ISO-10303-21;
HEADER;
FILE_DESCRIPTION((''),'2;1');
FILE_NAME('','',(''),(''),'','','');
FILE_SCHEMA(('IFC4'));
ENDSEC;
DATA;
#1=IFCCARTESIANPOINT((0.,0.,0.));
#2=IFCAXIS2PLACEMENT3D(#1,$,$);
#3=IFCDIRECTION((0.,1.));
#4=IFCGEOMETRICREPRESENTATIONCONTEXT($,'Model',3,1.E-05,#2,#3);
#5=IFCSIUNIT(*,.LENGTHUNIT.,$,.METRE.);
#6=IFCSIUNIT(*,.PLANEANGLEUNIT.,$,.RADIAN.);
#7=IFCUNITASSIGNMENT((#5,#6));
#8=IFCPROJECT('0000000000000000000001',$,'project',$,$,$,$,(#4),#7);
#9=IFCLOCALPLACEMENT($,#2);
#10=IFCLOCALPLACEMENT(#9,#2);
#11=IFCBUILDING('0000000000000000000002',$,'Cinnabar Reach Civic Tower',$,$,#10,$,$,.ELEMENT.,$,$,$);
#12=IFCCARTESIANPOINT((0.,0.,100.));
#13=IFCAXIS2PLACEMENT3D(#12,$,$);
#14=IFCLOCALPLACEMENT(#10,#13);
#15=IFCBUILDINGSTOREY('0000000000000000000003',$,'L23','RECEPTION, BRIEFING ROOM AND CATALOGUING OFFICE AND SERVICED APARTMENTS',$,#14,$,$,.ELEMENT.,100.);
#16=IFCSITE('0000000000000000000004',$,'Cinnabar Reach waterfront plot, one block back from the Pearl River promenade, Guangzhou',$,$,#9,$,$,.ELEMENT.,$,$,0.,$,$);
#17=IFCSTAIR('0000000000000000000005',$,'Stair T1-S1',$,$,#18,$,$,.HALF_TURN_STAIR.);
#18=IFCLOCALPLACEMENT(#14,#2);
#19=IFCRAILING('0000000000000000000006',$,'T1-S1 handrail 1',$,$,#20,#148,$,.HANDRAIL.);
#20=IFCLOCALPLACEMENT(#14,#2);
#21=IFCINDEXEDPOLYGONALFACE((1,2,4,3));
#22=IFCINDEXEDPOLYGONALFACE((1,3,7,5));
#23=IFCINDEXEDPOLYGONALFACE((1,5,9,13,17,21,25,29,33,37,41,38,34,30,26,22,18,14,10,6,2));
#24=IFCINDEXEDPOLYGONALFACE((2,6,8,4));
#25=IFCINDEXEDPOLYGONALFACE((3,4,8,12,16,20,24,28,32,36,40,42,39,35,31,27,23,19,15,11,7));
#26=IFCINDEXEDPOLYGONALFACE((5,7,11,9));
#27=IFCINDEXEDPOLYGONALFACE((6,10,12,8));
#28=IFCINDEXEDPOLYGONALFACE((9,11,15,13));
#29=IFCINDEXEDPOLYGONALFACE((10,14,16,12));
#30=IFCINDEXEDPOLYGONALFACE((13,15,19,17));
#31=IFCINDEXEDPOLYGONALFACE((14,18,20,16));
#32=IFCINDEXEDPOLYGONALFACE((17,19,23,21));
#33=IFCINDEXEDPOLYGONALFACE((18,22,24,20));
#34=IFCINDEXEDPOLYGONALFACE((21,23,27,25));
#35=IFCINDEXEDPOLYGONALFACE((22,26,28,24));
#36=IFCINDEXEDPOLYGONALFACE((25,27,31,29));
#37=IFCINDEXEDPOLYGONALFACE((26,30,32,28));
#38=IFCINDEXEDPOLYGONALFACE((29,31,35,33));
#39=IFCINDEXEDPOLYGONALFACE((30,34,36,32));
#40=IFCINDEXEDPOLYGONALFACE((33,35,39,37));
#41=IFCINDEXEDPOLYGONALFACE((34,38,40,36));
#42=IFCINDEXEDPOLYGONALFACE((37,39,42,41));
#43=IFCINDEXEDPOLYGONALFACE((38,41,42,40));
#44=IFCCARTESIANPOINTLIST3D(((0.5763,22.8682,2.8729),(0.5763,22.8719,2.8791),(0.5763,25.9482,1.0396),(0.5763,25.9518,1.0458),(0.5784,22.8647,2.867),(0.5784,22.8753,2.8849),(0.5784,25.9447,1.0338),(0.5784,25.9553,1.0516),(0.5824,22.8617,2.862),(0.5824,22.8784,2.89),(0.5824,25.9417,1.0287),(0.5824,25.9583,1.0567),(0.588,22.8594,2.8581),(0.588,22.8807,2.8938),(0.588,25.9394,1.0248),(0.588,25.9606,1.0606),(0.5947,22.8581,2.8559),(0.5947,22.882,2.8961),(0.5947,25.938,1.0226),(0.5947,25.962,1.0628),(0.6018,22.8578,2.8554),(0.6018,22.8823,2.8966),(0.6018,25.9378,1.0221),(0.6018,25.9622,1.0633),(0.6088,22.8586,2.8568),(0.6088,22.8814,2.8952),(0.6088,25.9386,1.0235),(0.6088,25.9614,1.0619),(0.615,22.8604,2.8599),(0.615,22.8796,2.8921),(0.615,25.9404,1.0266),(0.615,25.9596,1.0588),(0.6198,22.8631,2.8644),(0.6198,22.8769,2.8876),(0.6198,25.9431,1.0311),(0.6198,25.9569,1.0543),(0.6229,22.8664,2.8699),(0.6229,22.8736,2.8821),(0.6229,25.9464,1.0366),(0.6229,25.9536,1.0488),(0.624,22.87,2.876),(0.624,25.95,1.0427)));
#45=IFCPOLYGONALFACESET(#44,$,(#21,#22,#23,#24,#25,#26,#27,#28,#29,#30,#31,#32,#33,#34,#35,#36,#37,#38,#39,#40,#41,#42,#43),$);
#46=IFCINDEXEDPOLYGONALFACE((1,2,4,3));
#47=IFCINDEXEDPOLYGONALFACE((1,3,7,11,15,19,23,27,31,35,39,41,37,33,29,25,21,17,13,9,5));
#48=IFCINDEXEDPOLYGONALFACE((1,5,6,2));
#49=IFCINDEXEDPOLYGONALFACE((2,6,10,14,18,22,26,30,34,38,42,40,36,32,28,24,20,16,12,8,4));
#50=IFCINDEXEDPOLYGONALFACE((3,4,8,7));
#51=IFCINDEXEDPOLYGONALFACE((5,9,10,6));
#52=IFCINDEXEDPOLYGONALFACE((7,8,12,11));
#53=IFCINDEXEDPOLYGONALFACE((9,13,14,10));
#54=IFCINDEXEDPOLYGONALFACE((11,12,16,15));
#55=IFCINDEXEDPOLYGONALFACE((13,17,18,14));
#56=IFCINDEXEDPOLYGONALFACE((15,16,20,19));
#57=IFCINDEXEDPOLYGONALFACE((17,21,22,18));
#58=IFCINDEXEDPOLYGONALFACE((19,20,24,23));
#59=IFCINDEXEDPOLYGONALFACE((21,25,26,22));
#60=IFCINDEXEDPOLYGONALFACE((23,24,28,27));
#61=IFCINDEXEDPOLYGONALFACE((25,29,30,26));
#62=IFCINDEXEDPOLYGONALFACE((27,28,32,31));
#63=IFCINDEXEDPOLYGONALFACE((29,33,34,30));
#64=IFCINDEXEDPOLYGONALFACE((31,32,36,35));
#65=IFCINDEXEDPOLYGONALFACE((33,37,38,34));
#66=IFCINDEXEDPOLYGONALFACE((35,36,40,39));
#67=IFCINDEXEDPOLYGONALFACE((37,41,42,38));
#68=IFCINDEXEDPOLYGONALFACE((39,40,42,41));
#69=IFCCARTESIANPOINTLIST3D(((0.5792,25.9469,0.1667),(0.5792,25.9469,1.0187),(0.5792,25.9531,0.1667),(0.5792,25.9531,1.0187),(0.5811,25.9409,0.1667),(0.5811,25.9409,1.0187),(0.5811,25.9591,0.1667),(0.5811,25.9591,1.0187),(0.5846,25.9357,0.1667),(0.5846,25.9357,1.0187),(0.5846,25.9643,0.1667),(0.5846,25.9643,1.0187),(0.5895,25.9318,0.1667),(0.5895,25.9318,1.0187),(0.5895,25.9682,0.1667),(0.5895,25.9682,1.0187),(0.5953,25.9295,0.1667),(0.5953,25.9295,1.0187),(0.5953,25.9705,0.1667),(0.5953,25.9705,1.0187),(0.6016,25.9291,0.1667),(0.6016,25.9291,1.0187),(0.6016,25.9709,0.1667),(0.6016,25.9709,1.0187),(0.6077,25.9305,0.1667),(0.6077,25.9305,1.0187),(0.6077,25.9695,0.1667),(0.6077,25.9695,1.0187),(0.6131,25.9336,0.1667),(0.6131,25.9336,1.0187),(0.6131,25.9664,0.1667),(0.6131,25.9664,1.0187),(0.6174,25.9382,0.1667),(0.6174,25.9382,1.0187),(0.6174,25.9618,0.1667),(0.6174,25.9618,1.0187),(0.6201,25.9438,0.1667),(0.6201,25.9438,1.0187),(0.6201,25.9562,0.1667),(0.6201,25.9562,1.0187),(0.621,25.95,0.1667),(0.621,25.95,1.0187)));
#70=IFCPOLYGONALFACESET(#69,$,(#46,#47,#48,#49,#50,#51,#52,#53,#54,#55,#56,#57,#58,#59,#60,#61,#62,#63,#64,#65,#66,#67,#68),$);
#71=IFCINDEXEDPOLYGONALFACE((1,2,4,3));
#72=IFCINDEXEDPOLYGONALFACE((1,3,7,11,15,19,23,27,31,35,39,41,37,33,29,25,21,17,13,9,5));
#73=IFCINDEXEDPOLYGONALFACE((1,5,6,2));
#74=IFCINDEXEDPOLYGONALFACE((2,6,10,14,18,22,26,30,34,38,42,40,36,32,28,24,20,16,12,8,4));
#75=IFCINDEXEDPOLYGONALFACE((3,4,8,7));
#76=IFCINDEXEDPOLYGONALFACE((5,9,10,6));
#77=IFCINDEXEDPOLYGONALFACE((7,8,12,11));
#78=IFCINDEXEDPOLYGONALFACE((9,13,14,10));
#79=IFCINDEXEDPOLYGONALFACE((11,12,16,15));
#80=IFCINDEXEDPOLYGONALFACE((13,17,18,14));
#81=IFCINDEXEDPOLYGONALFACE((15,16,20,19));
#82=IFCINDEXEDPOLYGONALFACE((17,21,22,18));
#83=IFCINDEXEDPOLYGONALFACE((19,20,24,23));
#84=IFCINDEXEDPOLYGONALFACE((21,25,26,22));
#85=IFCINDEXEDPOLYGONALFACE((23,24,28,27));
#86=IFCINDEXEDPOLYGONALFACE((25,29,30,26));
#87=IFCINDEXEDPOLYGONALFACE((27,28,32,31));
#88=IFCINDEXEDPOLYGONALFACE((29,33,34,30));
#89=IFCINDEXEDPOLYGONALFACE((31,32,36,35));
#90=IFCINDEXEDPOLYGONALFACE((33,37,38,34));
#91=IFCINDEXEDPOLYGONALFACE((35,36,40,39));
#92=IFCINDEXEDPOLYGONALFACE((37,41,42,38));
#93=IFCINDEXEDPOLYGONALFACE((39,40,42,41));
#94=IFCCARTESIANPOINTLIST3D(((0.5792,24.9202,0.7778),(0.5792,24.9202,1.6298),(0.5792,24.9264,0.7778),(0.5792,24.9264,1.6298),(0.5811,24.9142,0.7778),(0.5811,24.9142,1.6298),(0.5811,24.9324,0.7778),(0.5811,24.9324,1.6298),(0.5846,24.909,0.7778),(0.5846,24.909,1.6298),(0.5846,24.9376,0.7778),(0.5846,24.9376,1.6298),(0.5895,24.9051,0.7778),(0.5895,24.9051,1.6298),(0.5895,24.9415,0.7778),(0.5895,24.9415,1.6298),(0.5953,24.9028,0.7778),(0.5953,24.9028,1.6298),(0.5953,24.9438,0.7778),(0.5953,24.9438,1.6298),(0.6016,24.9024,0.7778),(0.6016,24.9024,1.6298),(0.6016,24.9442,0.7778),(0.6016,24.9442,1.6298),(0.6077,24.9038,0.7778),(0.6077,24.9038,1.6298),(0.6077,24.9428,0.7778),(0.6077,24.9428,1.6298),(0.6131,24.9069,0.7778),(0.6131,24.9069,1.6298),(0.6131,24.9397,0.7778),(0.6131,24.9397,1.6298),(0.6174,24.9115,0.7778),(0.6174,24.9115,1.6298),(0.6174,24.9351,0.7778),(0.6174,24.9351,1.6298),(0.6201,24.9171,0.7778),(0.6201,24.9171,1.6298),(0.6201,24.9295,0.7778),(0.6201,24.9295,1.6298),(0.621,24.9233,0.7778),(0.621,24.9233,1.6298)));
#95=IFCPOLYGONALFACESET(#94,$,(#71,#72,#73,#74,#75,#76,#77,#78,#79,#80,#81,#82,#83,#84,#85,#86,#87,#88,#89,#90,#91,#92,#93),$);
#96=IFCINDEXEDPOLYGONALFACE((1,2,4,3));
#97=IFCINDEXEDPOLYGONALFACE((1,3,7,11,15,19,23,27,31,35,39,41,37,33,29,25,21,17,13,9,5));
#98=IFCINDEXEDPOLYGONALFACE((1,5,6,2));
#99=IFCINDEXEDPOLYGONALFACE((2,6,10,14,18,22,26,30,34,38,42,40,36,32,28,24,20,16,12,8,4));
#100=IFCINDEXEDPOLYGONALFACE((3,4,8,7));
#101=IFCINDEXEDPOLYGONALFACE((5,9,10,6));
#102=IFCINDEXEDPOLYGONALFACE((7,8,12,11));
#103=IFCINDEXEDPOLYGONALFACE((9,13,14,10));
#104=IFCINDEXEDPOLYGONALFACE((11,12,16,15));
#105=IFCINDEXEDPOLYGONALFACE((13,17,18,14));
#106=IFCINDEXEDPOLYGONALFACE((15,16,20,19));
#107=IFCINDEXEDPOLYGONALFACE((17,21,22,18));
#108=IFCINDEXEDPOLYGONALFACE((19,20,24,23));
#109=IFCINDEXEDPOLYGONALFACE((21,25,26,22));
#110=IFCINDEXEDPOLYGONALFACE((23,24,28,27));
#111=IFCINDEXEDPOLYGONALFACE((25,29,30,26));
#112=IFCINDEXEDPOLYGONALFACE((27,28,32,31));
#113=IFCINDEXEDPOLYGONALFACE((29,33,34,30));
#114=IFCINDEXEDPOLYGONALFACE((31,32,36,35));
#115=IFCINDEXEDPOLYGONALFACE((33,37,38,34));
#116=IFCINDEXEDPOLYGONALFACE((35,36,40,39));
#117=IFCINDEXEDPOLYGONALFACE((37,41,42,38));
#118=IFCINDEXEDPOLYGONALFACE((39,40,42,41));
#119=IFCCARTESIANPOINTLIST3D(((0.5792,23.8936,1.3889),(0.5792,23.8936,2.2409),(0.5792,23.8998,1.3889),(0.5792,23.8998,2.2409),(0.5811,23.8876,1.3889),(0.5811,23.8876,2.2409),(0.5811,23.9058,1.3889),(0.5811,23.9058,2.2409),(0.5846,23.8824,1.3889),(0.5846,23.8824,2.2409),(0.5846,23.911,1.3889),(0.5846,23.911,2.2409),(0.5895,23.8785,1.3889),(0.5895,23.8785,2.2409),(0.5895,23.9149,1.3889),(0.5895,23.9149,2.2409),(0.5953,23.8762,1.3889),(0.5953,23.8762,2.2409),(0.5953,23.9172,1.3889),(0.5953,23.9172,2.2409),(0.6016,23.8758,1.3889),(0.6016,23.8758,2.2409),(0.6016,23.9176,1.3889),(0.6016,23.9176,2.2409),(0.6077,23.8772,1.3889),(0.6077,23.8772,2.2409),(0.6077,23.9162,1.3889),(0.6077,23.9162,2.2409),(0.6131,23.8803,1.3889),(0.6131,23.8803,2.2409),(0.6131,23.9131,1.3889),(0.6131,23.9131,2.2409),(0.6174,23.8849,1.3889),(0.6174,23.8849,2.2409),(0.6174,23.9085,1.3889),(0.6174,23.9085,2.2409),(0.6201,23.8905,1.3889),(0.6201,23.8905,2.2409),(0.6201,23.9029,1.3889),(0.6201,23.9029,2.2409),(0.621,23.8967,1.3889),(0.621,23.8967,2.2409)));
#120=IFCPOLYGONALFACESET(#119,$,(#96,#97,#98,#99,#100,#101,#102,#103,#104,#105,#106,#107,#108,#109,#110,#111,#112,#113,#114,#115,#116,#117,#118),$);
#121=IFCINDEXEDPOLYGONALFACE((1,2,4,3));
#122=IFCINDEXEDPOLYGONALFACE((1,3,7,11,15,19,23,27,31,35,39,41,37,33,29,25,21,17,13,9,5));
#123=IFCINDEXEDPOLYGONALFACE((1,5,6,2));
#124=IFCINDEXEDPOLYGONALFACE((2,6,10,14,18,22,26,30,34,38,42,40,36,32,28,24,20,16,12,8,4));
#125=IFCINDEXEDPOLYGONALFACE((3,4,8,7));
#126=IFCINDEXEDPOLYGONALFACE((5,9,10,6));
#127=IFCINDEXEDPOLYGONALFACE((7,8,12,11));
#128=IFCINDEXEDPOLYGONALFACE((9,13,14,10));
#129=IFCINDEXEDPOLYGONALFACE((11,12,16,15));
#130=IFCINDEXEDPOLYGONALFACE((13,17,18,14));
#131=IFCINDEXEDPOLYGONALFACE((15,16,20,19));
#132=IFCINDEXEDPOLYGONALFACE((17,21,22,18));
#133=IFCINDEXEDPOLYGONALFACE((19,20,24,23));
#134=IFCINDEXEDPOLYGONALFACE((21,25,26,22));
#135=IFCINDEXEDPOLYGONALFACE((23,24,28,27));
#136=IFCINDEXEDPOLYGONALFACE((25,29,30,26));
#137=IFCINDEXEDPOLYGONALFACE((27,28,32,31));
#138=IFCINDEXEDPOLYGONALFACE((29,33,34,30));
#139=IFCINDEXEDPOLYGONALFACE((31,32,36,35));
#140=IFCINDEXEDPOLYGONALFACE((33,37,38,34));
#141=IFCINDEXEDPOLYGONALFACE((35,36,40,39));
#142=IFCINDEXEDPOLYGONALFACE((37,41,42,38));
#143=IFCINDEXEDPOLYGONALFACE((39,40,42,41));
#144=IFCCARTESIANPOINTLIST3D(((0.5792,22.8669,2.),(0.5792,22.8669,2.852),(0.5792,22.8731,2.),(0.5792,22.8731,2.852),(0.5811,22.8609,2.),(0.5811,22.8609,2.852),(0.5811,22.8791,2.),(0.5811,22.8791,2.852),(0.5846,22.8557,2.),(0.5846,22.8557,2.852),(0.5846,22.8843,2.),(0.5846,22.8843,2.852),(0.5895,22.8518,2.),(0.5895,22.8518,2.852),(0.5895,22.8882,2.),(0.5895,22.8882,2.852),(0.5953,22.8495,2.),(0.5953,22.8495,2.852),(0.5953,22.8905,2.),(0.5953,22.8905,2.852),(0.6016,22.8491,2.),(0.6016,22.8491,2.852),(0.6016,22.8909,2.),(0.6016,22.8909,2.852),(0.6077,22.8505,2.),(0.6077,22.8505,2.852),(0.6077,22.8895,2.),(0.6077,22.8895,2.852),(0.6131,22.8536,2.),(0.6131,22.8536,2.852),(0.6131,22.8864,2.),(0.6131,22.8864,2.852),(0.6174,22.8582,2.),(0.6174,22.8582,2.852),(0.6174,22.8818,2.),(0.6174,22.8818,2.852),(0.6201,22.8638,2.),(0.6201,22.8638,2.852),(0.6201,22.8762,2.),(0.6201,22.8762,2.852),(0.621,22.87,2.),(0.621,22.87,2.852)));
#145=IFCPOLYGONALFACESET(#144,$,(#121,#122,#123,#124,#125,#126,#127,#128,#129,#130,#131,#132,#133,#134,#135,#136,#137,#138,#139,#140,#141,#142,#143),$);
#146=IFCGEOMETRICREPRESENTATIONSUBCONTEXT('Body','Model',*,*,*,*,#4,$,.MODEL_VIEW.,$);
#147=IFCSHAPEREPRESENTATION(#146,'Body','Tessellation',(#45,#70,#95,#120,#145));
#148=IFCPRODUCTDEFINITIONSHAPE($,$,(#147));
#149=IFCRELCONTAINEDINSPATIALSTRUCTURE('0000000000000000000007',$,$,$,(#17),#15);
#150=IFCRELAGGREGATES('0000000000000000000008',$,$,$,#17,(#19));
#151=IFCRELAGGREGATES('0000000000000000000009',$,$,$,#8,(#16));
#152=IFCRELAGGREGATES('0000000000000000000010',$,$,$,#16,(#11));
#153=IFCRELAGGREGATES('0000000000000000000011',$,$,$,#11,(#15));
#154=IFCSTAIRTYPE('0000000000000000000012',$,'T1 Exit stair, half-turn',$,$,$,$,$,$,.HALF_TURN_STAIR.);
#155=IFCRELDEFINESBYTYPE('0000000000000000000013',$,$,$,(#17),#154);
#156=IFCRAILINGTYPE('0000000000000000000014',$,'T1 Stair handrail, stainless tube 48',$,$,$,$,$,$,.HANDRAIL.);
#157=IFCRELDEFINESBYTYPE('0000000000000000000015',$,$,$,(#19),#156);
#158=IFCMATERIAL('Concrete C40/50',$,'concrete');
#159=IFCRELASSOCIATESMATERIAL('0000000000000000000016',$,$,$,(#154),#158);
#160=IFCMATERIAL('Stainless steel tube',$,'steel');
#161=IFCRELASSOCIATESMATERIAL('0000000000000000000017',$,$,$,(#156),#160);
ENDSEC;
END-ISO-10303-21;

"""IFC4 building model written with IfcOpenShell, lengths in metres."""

from ifc_helpers import new_model, si_unit, direction, frame, origin, origin_2d, place, context, subcontext, project, spatial, circle, extrude, material, type_object, element, aggregate, save


model = new_model("IFC4")

# Units and contexts
model_context = context("Model", 3, precision=1e-05, world=origin(), true_north=direction((0.0, 1.0)))
body_context = subcontext(model_context, "Body", "Model", "MODEL_VIEW")
ifc_project = project(units=[si_unit("LENGTHUNIT", "METRE"), si_unit("PLANEANGLEUNIT", "RADIAN")], contexts=[model_context])

# Site, building, storey
site_placement = place(None, origin())
site = spatial("IfcSite", under=ifc_project, at=site_placement, Name="Cinnabar Reach waterfront plot, one block back from the Pearl River promenade, Guangzhou", CompositionType="ELEMENT", RefElevation=0.0)
building_placement = place(site_placement, origin())
building = spatial("IfcBuilding", under=site, at=building_placement, Name="Cinnabar Reach Civic Tower", CompositionType="ELEMENT")
storey_placement = place(building_placement, frame((0.0, 0.0, 100.0)))
storey = spatial("IfcBuildingStorey", under=building, at=storey_placement, Name="L23", Description="RECEPTION, BRIEFING ROOM AND CATALOGUING OFFICE AND SERVICED APARTMENTS", CompositionType="ELEMENT", Elevation=100.0)

# Shared definitions
ifc_material_1 = material(Name="Concrete C40/50", Category="concrete")

# Stair, railing
stair_type = type_object("IfcStairType", Name="T1 Exit stair, half-turn", PredefinedType="HALF_TURN_STAIR", material=ifc_material_1)
stair_placement = place(storey_placement, origin())
stair = element("IfcStair", 1, at=stair_placement, inside=storey, type_object=stair_type, Name="Stair T1-S1", PredefinedType="HALF_TURN_STAIR")
ifc_material_2 = material(Name="Stainless steel tube", Category="steel")
railing_type_1 = type_object("IfcRailingType", Name="T1 Stair handrail, stainless tube 48", PredefinedType="HANDRAIL", material=ifc_material_2)
railing_1_placement = place(storey_placement, frame((0.6, 25.95, 0.1667)))
railing_1 = element("IfcRailing", 2, at=railing_1_placement, type_object=railing_type_1, Name="T1-S1 handrail 1", PredefinedType="HANDRAIL", context=body_context, shape_type="SweptSolid", body=[
    extrude(circle(Radius=0.024, at=origin_2d()), frame((0.0, 0.0, 0.876), z_axis=(0.0, -0.859297, 0.511477), x_axis=(1.0, 0.0, 0.0)), (0.0, 0.0, 1.0), 3.5843),
    extrude(circle(Radius=0.021, at=origin_2d()), origin(), (0.0, 0.0, 1.0), 0.852),
    extrude(circle(Radius=0.021, at=origin_2d()), frame((0.0, -1.0267, 0.6111)), (0.0, 0.0, 1.0), 0.852),
    extrude(circle(Radius=0.021, at=origin_2d()), frame((0.0, -2.0533, 1.2222)), (0.0, 0.0, 1.0), 0.852),
    extrude(circle(Radius=0.021, at=origin_2d()), frame((0.0, -3.08, 1.8333)), (0.0, 0.0, 1.0), 0.852),
])
aggregate(stair, [railing_1])

save(model, "model.ifc")
